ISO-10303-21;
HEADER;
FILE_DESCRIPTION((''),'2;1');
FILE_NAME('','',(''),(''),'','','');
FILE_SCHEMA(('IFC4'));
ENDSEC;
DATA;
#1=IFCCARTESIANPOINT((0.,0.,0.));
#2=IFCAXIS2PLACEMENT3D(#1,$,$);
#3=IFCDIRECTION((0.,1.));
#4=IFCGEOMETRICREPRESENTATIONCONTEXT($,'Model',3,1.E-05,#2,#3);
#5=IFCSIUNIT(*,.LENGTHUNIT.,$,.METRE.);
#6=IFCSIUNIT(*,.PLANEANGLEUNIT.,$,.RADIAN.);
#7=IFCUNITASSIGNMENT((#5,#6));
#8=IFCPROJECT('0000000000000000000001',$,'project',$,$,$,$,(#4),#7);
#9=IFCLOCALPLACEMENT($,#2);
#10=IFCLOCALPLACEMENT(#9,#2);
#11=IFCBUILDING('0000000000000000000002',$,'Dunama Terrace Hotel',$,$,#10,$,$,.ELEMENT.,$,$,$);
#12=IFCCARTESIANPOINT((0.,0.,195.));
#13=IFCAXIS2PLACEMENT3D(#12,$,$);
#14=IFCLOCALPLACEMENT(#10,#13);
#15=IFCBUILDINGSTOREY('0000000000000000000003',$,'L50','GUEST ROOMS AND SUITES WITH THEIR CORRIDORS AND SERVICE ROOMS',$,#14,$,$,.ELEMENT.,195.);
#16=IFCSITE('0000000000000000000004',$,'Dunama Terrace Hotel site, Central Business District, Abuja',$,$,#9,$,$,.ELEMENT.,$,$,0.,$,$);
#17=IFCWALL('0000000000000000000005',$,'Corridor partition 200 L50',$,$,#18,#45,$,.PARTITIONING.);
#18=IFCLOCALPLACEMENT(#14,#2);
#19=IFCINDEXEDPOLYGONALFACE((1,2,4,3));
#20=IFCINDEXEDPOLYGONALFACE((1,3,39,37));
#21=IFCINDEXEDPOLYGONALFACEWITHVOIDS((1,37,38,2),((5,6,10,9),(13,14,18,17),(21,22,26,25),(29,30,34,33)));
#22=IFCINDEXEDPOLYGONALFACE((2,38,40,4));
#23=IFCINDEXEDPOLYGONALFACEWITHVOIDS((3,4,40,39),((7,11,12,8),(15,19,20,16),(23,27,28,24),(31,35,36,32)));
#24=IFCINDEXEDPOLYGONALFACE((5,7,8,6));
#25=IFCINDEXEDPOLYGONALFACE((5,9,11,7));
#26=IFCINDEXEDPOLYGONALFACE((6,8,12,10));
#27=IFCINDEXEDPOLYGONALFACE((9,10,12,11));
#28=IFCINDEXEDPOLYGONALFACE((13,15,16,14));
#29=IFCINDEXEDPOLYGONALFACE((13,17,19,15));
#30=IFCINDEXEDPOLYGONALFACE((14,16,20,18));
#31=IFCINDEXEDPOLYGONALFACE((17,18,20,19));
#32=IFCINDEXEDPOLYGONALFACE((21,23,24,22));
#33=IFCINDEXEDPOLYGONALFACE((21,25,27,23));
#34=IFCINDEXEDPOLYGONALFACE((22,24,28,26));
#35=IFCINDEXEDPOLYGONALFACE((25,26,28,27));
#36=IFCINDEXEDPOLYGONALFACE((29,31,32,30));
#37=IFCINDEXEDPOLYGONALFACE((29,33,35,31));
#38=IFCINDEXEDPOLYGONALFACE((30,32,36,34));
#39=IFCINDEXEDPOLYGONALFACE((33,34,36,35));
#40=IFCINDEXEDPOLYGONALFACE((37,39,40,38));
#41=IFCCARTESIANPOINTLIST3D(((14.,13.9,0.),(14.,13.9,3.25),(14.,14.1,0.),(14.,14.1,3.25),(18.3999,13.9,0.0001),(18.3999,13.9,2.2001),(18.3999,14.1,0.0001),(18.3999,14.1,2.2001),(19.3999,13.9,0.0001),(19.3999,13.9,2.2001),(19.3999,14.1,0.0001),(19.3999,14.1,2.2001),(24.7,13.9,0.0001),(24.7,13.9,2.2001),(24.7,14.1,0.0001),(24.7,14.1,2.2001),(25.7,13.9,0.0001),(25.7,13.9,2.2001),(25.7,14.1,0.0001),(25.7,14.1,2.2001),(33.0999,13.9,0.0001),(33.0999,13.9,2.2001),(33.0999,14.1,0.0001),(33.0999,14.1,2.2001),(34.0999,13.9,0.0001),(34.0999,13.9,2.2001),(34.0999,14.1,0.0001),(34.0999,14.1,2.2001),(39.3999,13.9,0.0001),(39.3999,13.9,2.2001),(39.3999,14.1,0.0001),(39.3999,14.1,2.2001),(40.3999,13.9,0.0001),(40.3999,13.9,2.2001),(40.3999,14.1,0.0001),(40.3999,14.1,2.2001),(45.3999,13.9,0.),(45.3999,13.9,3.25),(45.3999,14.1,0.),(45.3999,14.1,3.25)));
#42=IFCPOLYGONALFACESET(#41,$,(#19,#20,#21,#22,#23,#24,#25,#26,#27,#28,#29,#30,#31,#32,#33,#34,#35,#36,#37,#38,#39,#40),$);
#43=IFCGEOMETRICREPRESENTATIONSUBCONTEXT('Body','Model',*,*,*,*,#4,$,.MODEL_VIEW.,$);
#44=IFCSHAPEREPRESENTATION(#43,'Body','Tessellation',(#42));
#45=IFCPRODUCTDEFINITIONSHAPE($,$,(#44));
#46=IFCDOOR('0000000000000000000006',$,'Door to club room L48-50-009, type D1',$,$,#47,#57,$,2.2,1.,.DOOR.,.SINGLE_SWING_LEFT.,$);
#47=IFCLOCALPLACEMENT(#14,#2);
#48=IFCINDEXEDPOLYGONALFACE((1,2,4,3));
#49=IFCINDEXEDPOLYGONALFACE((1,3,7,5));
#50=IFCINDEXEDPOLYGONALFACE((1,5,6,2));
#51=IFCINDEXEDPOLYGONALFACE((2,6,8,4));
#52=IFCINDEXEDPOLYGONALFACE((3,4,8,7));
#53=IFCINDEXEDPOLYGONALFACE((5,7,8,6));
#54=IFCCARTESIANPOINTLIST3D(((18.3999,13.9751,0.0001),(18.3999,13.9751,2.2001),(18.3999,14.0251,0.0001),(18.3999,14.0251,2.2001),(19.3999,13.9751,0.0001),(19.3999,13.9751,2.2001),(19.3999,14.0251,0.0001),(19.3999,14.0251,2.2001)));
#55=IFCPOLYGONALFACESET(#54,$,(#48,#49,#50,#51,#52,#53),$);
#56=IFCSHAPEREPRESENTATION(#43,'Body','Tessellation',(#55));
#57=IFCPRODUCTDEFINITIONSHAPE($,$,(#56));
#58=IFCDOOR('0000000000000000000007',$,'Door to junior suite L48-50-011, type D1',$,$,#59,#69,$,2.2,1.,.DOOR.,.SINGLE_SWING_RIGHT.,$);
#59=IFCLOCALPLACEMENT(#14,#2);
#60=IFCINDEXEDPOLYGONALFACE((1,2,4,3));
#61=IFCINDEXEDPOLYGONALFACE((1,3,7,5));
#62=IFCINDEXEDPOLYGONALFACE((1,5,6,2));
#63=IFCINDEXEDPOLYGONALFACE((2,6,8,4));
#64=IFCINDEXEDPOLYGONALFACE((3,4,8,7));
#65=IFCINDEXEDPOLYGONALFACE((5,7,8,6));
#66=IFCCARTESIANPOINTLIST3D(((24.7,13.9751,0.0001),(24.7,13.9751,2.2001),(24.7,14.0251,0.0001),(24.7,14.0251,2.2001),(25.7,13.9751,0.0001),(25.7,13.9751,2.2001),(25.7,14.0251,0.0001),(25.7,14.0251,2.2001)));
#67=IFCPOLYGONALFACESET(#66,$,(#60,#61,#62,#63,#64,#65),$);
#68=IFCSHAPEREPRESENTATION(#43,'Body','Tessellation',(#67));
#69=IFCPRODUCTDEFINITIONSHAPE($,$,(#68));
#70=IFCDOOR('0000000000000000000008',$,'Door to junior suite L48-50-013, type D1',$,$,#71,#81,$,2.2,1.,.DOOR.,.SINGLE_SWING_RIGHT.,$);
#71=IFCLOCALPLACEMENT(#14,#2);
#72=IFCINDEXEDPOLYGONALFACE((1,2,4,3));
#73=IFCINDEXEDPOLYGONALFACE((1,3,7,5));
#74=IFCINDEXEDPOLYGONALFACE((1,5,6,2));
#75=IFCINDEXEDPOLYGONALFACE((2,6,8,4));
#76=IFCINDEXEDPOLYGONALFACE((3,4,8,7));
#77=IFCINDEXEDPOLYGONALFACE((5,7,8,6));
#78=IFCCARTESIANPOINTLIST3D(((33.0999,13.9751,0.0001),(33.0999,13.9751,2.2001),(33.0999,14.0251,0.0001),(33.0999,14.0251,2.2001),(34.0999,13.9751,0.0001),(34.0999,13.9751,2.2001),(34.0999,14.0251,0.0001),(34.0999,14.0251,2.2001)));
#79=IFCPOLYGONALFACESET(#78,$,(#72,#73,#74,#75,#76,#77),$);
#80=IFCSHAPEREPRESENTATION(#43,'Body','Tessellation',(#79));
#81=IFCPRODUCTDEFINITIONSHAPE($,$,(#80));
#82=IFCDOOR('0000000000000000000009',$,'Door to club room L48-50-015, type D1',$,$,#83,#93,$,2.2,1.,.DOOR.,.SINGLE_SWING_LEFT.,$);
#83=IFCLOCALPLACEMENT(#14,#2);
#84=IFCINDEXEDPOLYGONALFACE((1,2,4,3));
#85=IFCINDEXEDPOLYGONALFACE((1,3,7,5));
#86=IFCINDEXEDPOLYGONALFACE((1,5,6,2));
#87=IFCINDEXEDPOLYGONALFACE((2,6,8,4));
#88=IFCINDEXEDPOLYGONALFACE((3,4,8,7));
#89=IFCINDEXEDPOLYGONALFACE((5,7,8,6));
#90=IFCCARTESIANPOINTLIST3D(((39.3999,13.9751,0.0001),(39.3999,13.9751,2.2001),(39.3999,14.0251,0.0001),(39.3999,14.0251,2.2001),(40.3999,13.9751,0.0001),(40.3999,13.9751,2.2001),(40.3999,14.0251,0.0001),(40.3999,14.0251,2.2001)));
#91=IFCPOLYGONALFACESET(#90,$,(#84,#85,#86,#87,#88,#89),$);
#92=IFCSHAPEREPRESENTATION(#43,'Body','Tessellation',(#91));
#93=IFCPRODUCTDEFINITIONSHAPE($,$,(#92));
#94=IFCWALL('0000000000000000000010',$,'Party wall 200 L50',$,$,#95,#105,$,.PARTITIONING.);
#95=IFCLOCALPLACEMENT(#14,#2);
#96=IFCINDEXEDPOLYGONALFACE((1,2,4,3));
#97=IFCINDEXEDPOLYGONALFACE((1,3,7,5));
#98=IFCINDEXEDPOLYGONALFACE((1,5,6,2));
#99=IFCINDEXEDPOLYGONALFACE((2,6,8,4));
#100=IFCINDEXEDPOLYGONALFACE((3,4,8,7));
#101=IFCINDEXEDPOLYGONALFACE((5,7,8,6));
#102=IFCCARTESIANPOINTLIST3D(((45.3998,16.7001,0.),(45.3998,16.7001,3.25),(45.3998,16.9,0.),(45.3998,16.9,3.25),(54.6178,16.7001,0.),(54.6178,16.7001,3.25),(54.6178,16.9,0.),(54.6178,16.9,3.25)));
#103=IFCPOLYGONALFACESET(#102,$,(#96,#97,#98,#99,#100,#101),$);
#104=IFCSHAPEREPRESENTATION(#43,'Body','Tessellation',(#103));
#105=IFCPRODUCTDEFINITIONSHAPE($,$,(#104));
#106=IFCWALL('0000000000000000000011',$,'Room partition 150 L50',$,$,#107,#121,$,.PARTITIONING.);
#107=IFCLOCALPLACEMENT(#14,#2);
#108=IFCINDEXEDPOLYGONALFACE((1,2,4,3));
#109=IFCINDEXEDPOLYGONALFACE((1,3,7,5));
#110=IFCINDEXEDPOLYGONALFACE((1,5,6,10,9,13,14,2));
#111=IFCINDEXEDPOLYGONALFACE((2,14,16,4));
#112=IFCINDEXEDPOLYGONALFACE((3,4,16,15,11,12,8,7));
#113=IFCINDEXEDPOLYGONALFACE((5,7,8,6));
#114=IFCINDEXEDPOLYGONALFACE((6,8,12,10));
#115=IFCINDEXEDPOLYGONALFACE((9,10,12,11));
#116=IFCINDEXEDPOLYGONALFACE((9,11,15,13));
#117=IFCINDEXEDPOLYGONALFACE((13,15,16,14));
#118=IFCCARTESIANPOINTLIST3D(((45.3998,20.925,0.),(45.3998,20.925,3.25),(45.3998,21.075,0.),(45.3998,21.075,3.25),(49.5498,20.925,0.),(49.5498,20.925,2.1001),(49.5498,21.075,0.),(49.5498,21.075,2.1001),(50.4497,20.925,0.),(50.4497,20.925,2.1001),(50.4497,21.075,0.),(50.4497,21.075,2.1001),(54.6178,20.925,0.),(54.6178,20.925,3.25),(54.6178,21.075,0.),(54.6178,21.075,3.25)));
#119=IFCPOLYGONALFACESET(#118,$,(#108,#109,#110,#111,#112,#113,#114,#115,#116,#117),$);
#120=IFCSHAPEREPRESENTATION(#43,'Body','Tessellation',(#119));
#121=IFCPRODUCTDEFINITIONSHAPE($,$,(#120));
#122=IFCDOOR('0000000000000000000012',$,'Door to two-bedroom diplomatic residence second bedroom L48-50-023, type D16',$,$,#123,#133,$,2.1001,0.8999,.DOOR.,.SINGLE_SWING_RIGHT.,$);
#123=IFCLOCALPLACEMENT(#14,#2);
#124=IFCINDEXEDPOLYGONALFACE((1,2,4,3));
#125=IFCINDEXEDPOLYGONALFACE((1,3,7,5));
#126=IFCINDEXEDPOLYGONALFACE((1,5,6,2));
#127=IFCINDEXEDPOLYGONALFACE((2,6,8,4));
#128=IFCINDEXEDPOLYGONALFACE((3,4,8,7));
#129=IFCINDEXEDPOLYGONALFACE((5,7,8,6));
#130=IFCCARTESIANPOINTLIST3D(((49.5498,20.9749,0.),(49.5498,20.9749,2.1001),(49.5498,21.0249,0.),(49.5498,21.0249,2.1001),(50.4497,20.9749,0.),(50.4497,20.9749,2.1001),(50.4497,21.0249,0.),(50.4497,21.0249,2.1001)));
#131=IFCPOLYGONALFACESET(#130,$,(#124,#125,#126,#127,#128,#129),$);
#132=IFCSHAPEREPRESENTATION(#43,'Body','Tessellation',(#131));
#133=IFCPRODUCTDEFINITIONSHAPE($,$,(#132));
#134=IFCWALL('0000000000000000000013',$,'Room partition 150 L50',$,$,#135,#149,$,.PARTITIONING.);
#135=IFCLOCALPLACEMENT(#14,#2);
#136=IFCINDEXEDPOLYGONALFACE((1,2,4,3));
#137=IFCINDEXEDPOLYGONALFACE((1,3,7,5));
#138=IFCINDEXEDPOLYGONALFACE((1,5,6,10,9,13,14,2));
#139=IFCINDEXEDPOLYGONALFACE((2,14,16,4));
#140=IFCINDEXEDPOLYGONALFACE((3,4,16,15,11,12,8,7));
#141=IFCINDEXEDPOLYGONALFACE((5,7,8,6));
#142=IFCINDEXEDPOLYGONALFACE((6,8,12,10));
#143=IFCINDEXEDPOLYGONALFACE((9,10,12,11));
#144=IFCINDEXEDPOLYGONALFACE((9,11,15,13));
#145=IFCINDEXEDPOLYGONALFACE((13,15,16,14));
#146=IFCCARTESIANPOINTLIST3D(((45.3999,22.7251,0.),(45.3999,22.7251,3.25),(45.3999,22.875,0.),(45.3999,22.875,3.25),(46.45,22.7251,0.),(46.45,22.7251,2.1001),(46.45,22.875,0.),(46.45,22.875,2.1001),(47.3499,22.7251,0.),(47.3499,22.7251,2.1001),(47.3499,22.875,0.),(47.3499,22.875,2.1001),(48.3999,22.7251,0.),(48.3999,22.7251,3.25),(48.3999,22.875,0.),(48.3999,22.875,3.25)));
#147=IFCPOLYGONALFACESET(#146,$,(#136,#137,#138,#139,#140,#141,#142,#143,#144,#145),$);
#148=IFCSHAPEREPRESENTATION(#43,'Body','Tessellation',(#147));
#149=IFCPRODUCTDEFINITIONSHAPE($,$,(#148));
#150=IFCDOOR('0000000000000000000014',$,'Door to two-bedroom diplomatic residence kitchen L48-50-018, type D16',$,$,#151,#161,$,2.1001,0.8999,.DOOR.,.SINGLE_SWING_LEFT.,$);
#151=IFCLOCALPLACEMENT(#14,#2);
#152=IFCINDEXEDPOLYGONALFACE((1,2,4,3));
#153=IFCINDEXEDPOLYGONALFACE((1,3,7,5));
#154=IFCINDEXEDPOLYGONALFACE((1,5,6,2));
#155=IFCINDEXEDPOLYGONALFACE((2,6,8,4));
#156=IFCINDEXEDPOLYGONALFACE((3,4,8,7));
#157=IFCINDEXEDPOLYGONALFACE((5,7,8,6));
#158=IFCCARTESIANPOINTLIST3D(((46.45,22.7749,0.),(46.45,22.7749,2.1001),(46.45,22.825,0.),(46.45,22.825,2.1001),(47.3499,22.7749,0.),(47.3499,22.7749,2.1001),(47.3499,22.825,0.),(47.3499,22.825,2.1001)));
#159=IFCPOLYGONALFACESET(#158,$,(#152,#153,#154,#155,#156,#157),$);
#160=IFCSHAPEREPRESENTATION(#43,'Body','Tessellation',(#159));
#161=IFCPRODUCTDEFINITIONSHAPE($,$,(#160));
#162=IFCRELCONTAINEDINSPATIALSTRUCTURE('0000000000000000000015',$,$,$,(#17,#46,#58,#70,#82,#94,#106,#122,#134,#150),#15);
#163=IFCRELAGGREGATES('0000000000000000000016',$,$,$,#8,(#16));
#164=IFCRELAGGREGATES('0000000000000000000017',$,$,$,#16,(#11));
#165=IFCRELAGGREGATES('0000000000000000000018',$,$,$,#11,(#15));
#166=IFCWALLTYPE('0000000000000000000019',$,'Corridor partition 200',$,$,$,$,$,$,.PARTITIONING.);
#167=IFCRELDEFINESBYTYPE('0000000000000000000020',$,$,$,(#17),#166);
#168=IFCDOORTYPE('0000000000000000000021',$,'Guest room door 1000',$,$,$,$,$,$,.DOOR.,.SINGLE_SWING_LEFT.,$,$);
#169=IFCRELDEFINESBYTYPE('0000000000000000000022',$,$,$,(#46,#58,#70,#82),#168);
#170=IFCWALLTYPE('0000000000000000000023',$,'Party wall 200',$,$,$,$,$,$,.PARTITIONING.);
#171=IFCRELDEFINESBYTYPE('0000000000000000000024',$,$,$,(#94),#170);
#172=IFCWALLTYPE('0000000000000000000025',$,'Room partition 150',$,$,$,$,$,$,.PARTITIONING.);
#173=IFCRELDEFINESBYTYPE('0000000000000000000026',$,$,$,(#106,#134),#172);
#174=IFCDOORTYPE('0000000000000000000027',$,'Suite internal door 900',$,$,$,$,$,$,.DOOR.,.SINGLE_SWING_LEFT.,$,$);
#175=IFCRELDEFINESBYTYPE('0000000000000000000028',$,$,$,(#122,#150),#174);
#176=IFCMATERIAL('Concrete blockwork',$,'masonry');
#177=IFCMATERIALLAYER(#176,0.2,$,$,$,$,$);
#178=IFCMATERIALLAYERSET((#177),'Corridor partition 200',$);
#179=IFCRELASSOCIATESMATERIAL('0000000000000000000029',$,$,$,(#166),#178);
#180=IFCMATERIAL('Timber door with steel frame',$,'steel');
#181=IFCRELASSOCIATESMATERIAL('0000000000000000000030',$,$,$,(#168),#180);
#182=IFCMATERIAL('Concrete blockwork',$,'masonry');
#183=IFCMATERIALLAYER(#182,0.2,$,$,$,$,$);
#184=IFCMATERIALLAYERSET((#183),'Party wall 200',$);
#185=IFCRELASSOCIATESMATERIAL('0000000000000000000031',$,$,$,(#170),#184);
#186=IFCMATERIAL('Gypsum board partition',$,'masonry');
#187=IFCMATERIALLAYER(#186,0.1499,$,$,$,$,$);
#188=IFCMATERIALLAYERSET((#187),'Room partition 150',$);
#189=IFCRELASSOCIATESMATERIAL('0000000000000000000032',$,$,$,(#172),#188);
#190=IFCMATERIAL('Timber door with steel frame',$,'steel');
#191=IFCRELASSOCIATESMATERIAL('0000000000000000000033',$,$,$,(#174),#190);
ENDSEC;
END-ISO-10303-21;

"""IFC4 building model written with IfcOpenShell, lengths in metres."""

from ifc_helpers import new_model, si_unit, direction, frame, frame_2d, origin, place, context, subcontext, project, spatial, rectangle, extrude, material, layer, layer_set, type_object, element, fill, save


model = new_model("IFC4")

# Units and contexts
model_context = context("Model", 3, precision=1e-05, world=origin(), true_north=direction((0.0, 1.0)))
body_context = subcontext(model_context, "Body", "Model", "MODEL_VIEW")
ifc_project = project(units=[si_unit("LENGTHUNIT", "METRE"), si_unit("PLANEANGLEUNIT", "RADIAN")], contexts=[model_context])

# Site, building, storey
site_placement = place(None, origin())
site = spatial("IfcSite", under=ifc_project, at=site_placement, Name="Dunama Terrace Hotel site, Central Business District, Abuja", CompositionType="ELEMENT", RefElevation=0.0)
building_placement = place(site_placement, origin())
building = spatial("IfcBuilding", under=site, at=building_placement, Name="Dunama Terrace Hotel", CompositionType="ELEMENT")
storey_placement = place(building_placement, frame((0.0, 0.0, 195.0)))
storey = spatial("IfcBuildingStorey", under=building, at=storey_placement, Name="L50", Description="GUEST ROOMS AND SUITES WITH THEIR CORRIDORS AND SERVICE ROOMS", CompositionType="ELEMENT", Elevation=195.0)

# Wall, openings, doors
ifc_material_1 = material(Name="Concrete blockwork", Category="masonry")
ifc_layer_1 = layer(ifc_material_1, 0.2)
ifc_layer_set_1 = layer_set([ifc_layer_1], Name="Corridor partition 200")
wall_type_1 = type_object("IfcWallType", Name="Corridor partition 200", PredefinedType="PARTITIONING", material=ifc_layer_set_1)
wall_1_placement = place(storey_placement, frame((45.3999, 14.0, 0.0), z_axis=(0.0, 0.0, 1.0), x_axis=(-1.0, 0.0, 0.0)))
wall_1 = element("IfcWall", 1, at=wall_1_placement, inside=storey, type_object=wall_type_1, Name="Corridor partition 200 L50", PredefinedType="PARTITIONING", context=body_context, shape_type="SweptSolid", body=[
    extrude(rectangle(XDim=31.3999, YDim=0.2, at=frame_2d((15.7, 0.0))), origin(), (0.0, 0.0, 1.0), 3.25),
])
opening_1_placement = place(wall_1_placement, frame((26.0, 0.0, 0.0)))
opening_1 = element("IfcOpeningElement", 2, at=opening_1_placement, cuts=wall_1, PredefinedType="OPENING", context=body_context, shape_type="SweptSolid", body=[
    extrude(rectangle(XDim=1.0, YDim=2.2, at=frame_2d((0.5, 1.1001))), frame((0.0, 0.1099, 0.0), z_axis=(0.0, -1.0, 0.0), x_axis=(1.0, 0.0, 0.0)), (0.0, 0.0, 1.0), 0.22),
])
opening_2_placement = place(wall_1_placement, frame((19.7, 0.0, 0.0)))
opening_2 = element("IfcOpeningElement", 3, at=opening_2_placement, cuts=wall_1, PredefinedType="OPENING", context=body_context, shape_type="SweptSolid", body=[
    extrude(rectangle(XDim=1.0, YDim=2.2, at=frame_2d((0.5, 1.1001))), frame((0.0, 0.1099, 0.0), z_axis=(0.0, -1.0, 0.0), x_axis=(1.0, 0.0, 0.0)), (0.0, 0.0, 1.0), 0.22),
])
opening_3_placement = place(wall_1_placement, frame((11.3, 0.0, 0.0)))
opening_3 = element("IfcOpeningElement", 4, at=opening_3_placement, cuts=wall_1, PredefinedType="OPENING", context=body_context, shape_type="SweptSolid", body=[
    extrude(rectangle(XDim=1.0, YDim=2.2, at=frame_2d((0.5, 1.1001))), frame((0.0, 0.1099, 0.0), z_axis=(0.0, -1.0, 0.0), x_axis=(1.0, 0.0, 0.0)), (0.0, 0.0, 1.0), 0.22),
])
opening_4_placement = place(wall_1_placement, frame((5.0, 0.0, 0.0)))
opening_4 = element("IfcOpeningElement", 5, at=opening_4_placement, cuts=wall_1, PredefinedType="OPENING", context=body_context, shape_type="SweptSolid", body=[
    extrude(rectangle(XDim=1.0, YDim=2.2, at=frame_2d((0.5, 1.1001))), frame((0.0, 0.1099, 0.0), z_axis=(0.0, -1.0, 0.0), x_axis=(1.0, 0.0, 0.0)), (0.0, 0.0, 1.0), 0.22),
])
ifc_material_2 = material(Name="Timber door with steel frame", Category="steel")
door_type_1 = type_object("IfcDoorType", Name="Guest room door 1000", OperationType="SINGLE_SWING_LEFT", PredefinedType="DOOR", material=ifc_material_2)
door_1_placement = place(opening_1_placement, origin())
door_1 = element("IfcDoor", 6, at=door_1_placement, inside=storey, type_object=door_type_1, Name="Door to club room L48-50-009, type D1", OperationType="SINGLE_SWING_LEFT", OverallHeight=2.2, OverallWidth=1.0, PredefinedType="DOOR", context=body_context, shape_type="SweptSolid", body=[
    extrude(rectangle(XDim=1.0, YDim=2.2, at=frame_2d((0.5, 1.1001))), frame((0.0, 0.0249, 0.0), z_axis=(0.0, -1.0, 0.0), x_axis=(1.0, 0.0, 0.0)), (0.0, 0.0, 1.0), 0.05),
])
fill(opening_1, door_1)
door_2_placement = place(opening_2_placement, origin())
door_2 = element("IfcDoor", 7, at=door_2_placement, inside=storey, type_object=door_type_1, Name="Door to junior suite L48-50-011, type D1", OperationType="SINGLE_SWING_RIGHT", OverallHeight=2.2, OverallWidth=1.0, PredefinedType="DOOR", context=body_context, shape_type="SweptSolid", body=[
    extrude(rectangle(XDim=1.0, YDim=2.2, at=frame_2d((0.5, 1.1001))), frame((0.0, 0.0249, 0.0), z_axis=(0.0, -1.0, 0.0), x_axis=(1.0, 0.0, 0.0)), (0.0, 0.0, 1.0), 0.05),
])
fill(opening_2, door_2)
door_3_placement = place(opening_3_placement, origin())
door_3 = element("IfcDoor", 8, at=door_3_placement, inside=storey, type_object=door_type_1, Name="Door to junior suite L48-50-013, type D1", OperationType="SINGLE_SWING_RIGHT", OverallHeight=2.2, OverallWidth=1.0, PredefinedType="DOOR", context=body_context, shape_type="SweptSolid", body=[
    extrude(rectangle(XDim=1.0, YDim=2.2, at=frame_2d((0.5, 1.1001))), frame((0.0, 0.0249, 0.0), z_axis=(0.0, -1.0, 0.0), x_axis=(1.0, 0.0, 0.0)), (0.0, 0.0, 1.0), 0.05),
])
fill(opening_3, door_3)
door_4_placement = place(opening_4_placement, origin())
door_4 = element("IfcDoor", 9, at=door_4_placement, inside=storey, type_object=door_type_1, Name="Door to club room L48-50-015, type D1", OperationType="SINGLE_SWING_LEFT", OverallHeight=2.2, OverallWidth=1.0, PredefinedType="DOOR", context=body_context, shape_type="SweptSolid", body=[
    extrude(rectangle(XDim=1.0, YDim=2.2, at=frame_2d((0.5, 1.1001))), frame((0.0, 0.0249, 0.0), z_axis=(0.0, -1.0, 0.0), x_axis=(1.0, 0.0, 0.0)), (0.0, 0.0, 1.0), 0.05),
])
fill(opening_4, door_4)

# Wall
ifc_material_3 = material(Name="Concrete blockwork", Category="masonry")
ifc_layer_2 = layer(ifc_material_3, 0.2)
ifc_layer_set_2 = layer_set([ifc_layer_2], Name="Party wall 200")
wall_type_2 = type_object("IfcWallType", Name="Party wall 200", PredefinedType="PARTITIONING", material=ifc_layer_set_2)
wall_2_placement = place(storey_placement, frame((45.3999, 16.8, 0.0), z_axis=(0.0, 0.0, 1.0), x_axis=(1.0, 0.0, 0.0)))
element("IfcWall", 10, at=wall_2_placement, inside=storey, type_object=wall_type_2, Name="Party wall 200 L50", PredefinedType="PARTITIONING", context=body_context, shape_type="SweptSolid", body=[
    extrude(rectangle(XDim=9.218, YDim=0.2, at=frame_2d((4.6089, 0.0))), origin(), (0.0, 0.0, 1.0), 3.25),
])

# Walls, openings, doors
ifc_material_4 = material(Name="Gypsum board partition", Category="masonry")
ifc_layer_3 = layer(ifc_material_4, 0.1499)
ifc_layer_set_3 = layer_set([ifc_layer_3], Name="Room partition 150")
wall_type_3 = type_object("IfcWallType", Name="Room partition 150", PredefinedType="PARTITIONING", material=ifc_layer_set_3)
wall_3_placement = place(storey_placement, frame((45.3999, 21.0, 0.0), z_axis=(0.0, 0.0, 1.0), x_axis=(1.0, 0.0, 0.0)))
wall_3 = element("IfcWall", 11, at=wall_3_placement, inside=storey, type_object=wall_type_3, Name="Room partition 150 L50", PredefinedType="PARTITIONING", context=body_context, shape_type="SweptSolid", body=[
    extrude(rectangle(XDim=9.218, YDim=0.1499, at=frame_2d((4.6089, 0.0))), origin(), (0.0, 0.0, 1.0), 3.25),
])
opening_5_placement = place(wall_3_placement, frame((4.1499, 0.0, 0.0)))
opening_5 = element("IfcOpeningElement", 12, at=opening_5_placement, cuts=wall_3, PredefinedType="OPENING", context=body_context, shape_type="SweptSolid", body=[
    extrude(rectangle(XDim=0.8999, YDim=2.1001, at=frame_2d((0.45, 1.05))), frame((0.0, 0.085, 0.0), z_axis=(0.0, -1.0, 0.0), x_axis=(1.0, 0.0, 0.0)), (0.0, 0.0, 1.0), 0.1699),
])
ifc_material_5 = material(Name="Timber door with steel frame", Category="steel")
door_type_2 = type_object("IfcDoorType", Name="Suite internal door 900", OperationType="SINGLE_SWING_LEFT", PredefinedType="DOOR", material=ifc_material_5)
door_5_placement = place(opening_5_placement, frame((0.8999, 0.0, 0.0), z_axis=(0.0, 0.0, 1.0), x_axis=(-1.0, 0.0, 0.0)))
door_5 = element("IfcDoor", 13, at=door_5_placement, inside=storey, type_object=door_type_2, Name="Door to two-bedroom diplomatic residence second bedroom L48-50-023, type D16", OperationType="SINGLE_SWING_RIGHT", OverallHeight=2.1001, OverallWidth=0.8999, PredefinedType="DOOR", context=body_context, shape_type="SweptSolid", body=[
    extrude(rectangle(XDim=0.8999, YDim=2.1001, at=frame_2d((0.45, 1.05))), frame((0.0, 0.0251, 0.0), z_axis=(0.0, -1.0, 0.0), x_axis=(1.0, 0.0, 0.0)), (0.0, 0.0, 1.0), 0.05),
])
fill(opening_5, door_5)
wall_4_placement = place(storey_placement, frame((45.3999, 22.8, 0.0), z_axis=(0.0, 0.0, 1.0), x_axis=(1.0, 0.0, 0.0)))
wall_4 = element("IfcWall", 14, at=wall_4_placement, inside=storey, type_object=wall_type_3, Name="Room partition 150 L50", PredefinedType="PARTITIONING", context=body_context, shape_type="SweptSolid", body=[
    extrude(rectangle(XDim=3.0, YDim=0.1499, at=frame_2d((1.5, 0.0))), origin(), (0.0, 0.0, 1.0), 3.25),
])
opening_6_placement = place(wall_4_placement, frame((1.05, 0.0, 0.0)))
opening_6 = element("IfcOpeningElement", 15, at=opening_6_placement, cuts=wall_4, PredefinedType="OPENING", context=body_context, shape_type="SweptSolid", body=[
    extrude(rectangle(XDim=0.8999, YDim=2.1001, at=frame_2d((0.45, 1.05))), frame((0.0, 0.085, 0.0), z_axis=(0.0, -1.0, 0.0), x_axis=(1.0, 0.0, 0.0)), (0.0, 0.0, 1.0), 0.1699),
])
door_6_placement = place(opening_6_placement, origin())
door_6 = element("IfcDoor", 16, at=door_6_placement, inside=storey, type_object=door_type_2, Name="Door to two-bedroom diplomatic residence kitchen L48-50-018, type D16", OperationType="SINGLE_SWING_LEFT", OverallHeight=2.1001, OverallWidth=0.8999, PredefinedType="DOOR", context=body_context, shape_type="SweptSolid", body=[
    extrude(rectangle(XDim=0.8999, YDim=2.1001, at=frame_2d((0.45, 1.05))), frame((0.0, 0.0249, 0.0), z_axis=(0.0, -1.0, 0.0), x_axis=(1.0, 0.0, 0.0)), (0.0, 0.0, 1.0), 0.05),
])
fill(opening_6, door_6)

save(model, "model.ifc")
